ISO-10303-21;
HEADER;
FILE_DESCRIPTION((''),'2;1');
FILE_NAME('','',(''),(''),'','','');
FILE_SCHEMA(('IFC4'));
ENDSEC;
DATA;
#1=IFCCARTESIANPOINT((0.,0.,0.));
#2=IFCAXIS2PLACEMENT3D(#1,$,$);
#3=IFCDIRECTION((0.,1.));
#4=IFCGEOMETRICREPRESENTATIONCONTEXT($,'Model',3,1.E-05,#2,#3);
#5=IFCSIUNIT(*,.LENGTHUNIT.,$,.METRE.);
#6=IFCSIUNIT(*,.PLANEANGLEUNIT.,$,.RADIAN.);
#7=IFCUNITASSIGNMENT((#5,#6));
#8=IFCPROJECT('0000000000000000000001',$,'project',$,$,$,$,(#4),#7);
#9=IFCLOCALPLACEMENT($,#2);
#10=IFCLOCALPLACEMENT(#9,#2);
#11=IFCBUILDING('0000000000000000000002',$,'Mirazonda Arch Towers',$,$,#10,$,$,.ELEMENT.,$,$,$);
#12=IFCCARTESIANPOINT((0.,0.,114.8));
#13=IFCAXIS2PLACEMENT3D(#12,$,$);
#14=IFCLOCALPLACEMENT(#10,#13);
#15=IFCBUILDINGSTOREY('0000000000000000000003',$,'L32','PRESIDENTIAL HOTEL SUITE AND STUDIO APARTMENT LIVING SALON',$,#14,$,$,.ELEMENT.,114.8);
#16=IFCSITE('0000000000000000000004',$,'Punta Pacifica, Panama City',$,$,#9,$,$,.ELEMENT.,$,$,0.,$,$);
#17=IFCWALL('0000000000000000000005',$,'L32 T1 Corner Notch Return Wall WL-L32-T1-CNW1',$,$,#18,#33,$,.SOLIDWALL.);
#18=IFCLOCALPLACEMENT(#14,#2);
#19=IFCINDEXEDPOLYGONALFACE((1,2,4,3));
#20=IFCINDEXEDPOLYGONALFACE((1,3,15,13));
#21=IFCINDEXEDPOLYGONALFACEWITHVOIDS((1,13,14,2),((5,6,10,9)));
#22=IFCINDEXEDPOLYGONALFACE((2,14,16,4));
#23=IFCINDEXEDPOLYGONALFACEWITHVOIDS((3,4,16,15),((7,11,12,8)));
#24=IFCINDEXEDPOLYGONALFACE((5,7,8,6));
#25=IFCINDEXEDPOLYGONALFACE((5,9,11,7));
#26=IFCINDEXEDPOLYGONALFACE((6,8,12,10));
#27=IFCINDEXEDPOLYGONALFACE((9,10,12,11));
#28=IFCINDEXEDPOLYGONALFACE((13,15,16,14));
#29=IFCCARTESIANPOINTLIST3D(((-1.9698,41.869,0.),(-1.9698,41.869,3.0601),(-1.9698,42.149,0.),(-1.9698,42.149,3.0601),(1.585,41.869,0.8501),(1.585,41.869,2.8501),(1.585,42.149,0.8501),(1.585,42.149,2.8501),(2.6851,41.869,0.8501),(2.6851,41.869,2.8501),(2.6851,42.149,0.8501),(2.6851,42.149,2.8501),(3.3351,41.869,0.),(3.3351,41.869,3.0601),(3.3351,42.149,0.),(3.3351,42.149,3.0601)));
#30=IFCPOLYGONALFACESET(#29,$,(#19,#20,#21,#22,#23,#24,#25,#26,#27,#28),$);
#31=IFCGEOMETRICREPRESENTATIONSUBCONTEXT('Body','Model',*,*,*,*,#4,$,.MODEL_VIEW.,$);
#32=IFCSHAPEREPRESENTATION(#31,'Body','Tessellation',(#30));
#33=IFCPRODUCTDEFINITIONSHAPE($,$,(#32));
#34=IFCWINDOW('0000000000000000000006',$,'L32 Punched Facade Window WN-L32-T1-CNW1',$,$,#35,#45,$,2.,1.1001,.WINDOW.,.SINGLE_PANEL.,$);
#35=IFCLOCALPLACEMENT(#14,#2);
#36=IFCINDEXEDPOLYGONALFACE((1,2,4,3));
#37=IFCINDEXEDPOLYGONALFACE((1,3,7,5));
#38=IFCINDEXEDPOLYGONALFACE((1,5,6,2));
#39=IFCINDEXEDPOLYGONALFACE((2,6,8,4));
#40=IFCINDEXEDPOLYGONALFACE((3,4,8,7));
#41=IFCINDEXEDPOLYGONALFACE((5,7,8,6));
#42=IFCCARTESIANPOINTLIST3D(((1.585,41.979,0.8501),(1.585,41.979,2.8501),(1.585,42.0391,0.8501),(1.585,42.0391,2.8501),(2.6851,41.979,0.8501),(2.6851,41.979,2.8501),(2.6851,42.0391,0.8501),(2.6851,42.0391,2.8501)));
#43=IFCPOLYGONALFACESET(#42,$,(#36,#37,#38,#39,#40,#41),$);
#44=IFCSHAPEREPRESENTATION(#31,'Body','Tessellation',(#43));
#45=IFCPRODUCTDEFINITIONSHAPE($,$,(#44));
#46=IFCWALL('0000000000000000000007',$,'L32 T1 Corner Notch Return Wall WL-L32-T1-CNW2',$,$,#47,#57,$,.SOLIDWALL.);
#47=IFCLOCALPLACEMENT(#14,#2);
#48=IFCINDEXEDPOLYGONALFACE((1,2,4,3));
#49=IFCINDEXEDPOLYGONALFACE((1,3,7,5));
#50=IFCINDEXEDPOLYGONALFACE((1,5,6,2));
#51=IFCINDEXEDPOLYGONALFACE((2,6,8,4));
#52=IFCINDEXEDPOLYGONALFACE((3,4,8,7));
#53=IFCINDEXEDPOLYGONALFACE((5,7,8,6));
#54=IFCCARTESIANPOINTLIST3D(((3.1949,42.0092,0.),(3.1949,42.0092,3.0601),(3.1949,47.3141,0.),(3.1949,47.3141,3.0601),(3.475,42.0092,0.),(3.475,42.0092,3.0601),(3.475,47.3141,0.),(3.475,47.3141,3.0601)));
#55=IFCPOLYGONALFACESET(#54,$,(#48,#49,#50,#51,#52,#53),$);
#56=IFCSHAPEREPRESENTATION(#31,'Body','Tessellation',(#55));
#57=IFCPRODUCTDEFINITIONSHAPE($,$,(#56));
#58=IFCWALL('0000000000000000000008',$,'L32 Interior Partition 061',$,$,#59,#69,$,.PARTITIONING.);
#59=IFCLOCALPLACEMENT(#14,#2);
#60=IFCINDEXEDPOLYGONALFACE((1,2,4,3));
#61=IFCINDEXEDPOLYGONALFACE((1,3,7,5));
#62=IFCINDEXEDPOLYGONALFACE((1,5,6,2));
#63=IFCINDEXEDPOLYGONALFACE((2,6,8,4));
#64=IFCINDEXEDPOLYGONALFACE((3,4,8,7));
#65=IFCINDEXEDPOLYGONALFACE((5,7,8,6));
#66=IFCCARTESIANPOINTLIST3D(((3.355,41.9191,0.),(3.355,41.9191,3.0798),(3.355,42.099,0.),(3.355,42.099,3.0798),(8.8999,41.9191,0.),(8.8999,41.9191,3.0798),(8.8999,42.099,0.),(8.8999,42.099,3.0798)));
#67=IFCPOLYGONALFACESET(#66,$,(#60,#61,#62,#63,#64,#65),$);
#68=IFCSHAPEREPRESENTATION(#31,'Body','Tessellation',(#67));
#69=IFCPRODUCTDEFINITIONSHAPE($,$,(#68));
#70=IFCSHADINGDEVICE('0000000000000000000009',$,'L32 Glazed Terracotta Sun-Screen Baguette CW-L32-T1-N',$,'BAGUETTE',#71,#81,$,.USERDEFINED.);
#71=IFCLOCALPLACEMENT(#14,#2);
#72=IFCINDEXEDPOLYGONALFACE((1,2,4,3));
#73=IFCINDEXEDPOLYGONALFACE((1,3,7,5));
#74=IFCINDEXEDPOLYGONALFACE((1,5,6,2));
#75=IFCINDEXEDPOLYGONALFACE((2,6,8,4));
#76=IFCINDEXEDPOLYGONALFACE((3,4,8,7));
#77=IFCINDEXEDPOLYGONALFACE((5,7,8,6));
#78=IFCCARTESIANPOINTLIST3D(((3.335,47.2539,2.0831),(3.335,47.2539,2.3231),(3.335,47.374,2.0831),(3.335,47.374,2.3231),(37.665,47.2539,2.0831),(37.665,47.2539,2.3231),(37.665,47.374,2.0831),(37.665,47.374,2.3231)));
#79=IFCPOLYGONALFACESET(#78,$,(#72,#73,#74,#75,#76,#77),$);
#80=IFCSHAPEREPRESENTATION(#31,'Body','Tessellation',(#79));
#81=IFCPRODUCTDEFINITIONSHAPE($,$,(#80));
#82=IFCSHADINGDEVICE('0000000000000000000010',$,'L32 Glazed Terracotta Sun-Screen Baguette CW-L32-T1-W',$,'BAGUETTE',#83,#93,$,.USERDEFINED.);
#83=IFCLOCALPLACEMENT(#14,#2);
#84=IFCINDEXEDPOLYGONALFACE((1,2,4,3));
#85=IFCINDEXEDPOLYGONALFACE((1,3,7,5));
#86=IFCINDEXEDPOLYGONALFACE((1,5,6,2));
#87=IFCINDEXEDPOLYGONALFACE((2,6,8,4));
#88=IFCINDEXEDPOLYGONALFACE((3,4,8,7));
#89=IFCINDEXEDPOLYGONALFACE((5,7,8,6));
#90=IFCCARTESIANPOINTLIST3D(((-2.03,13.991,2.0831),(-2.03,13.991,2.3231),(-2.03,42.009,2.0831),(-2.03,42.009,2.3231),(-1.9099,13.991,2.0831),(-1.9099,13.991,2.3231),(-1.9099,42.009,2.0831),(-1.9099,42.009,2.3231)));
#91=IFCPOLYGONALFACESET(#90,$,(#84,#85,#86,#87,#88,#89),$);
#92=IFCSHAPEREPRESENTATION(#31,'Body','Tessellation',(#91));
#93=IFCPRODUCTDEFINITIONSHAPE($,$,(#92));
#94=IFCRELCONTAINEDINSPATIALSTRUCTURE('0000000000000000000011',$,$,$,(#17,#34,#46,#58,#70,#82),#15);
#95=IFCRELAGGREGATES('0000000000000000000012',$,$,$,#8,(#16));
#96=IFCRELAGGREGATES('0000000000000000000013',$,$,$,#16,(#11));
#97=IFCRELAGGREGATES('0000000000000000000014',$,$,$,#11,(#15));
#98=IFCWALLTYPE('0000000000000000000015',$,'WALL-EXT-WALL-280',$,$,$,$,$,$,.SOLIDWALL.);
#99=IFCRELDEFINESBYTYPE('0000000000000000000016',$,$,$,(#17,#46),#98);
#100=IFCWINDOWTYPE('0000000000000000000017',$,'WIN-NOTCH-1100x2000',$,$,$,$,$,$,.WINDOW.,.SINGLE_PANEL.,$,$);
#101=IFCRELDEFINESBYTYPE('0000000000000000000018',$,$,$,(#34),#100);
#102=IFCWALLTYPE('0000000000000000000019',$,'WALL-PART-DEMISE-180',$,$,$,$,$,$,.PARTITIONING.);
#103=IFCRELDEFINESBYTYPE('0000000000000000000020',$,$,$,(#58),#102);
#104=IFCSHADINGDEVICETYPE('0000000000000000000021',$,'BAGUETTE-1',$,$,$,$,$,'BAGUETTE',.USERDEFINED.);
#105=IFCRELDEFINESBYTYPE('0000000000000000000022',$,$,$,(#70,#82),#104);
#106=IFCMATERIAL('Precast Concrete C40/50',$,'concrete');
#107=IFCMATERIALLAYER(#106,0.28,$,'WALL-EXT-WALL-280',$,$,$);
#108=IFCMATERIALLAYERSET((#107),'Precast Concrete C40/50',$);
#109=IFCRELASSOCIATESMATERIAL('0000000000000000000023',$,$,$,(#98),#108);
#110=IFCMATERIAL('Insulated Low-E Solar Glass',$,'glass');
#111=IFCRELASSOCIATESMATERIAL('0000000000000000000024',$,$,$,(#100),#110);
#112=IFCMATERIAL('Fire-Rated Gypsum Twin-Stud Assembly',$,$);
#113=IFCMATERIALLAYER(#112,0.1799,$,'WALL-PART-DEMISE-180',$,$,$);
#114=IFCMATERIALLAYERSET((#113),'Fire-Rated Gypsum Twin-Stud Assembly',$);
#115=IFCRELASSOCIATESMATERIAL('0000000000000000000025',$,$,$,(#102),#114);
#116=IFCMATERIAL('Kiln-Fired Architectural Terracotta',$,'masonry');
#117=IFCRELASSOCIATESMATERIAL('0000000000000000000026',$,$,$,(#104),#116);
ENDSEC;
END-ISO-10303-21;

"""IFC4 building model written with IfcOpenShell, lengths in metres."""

from ifc_helpers import new_model, si_unit, direction, frame, frame_2d, origin, origin_2d, place, context, subcontext, project, spatial, rectangle, extrude, material, layer, layer_set, material_profile, profile_set, type_object, element, fill, save


model = new_model("IFC4")

# Units and contexts
model_context = context("Model", 3, precision=1e-05, world=origin(), true_north=direction((0.0, 1.0)))
body_context = subcontext(model_context, "Body", "Model", "MODEL_VIEW")
ifc_project = project(units=[si_unit("LENGTHUNIT", "METRE"), si_unit("PLANEANGLEUNIT", "RADIAN")], contexts=[model_context])

# Site, building, storey
site_placement = place(None, origin())
site = spatial("IfcSite", under=ifc_project, at=site_placement, Name="Punta Pacifica, Panama City", CompositionType="ELEMENT", RefElevation=0.0)
building_placement = place(site_placement, origin())
building = spatial("IfcBuilding", under=site, at=building_placement, Name="Mirazonda Arch Towers", CompositionType="ELEMENT")
storey_placement = place(building_placement, frame((0.0, 0.0, 114.8)))
storey = spatial("IfcBuildingStorey", under=building, at=storey_placement, Name="L32", Description="PRESIDENTIAL HOTEL SUITE AND STUDIO APARTMENT LIVING SALON", CompositionType="ELEMENT", Elevation=114.8)

# Wall, opening, window
ifc_material_1 = material(Name="Precast Concrete C40/50", Category="concrete")
ifc_layer_1 = layer(ifc_material_1, 0.28, Name="WALL-EXT-WALL-280")
ifc_layer_set_1 = layer_set([ifc_layer_1], Name="Precast Concrete C40/50")
wall_type_1 = type_object("IfcWallType", Name="WALL-EXT-WALL-280", PredefinedType="SOLIDWALL", material=ifc_layer_set_1)
wall_1_placement = place(storey_placement, frame((3.335, 42.009, 0.0), z_axis=(0.0, 0.0, 1.0), x_axis=(-1.0, 0.0, 0.0)))
wall_1 = element("IfcWall", 1, at=wall_1_placement, inside=storey, type_object=wall_type_1, Name="L32 T1 Corner Notch Return Wall WL-L32-T1-CNW1", PredefinedType="SOLIDWALL", context=body_context, shape_type="SweptSolid", body=[
    extrude(rectangle(XDim=5.3049, YDim=0.28, at=frame_2d((2.6523, 0.0))), origin(), (0.0, 0.0, 1.0), 3.0601),
])
opening_placement = place(wall_1_placement, frame((0.6499, 0.0, 0.8501)))
opening = element("IfcOpeningElement", 2, at=opening_placement, cuts=wall_1, PredefinedType="OPENING", context=body_context, shape_type="SweptSolid", body=[
    extrude(rectangle(XDim=1.1001, YDim=2.0, at=frame_2d((0.55, 1.0))), frame((0.0, 0.1499, 0.0), z_axis=(0.0, -1.0, 0.0), x_axis=(1.0, 0.0, 0.0)), (0.0, 0.0, 1.0), 0.3),
])
ifc_material_2 = material(Name="Insulated Low-E Solar Glass", Category="glass")
window_type = type_object("IfcWindowType", Name="WIN-NOTCH-1100x2000", PartitioningType="SINGLE_PANEL", PredefinedType="WINDOW", material=ifc_material_2)
window_placement = place(opening_placement, origin())
window = element("IfcWindow", 3, at=window_placement, inside=storey, type_object=window_type, Name="L32 Punched Facade Window WN-L32-T1-CNW1", OverallHeight=2.0, OverallWidth=1.1001, PartitioningType="SINGLE_PANEL", PredefinedType="WINDOW", context=body_context, shape_type="SweptSolid", body=[
    extrude(rectangle(XDim=1.1001, YDim=2.0, at=frame_2d((0.55, 1.0))), frame((0.0, 0.03, 0.0), z_axis=(0.0, -1.0, 0.0), x_axis=(1.0, 0.0, 0.0)), (0.0, 0.0, 1.0), 0.0601),
])
fill(opening, window)

# Walls
wall_2_placement = place(storey_placement, frame((3.335, 47.314, 0.0), z_axis=(0.0, 0.0, 1.0), x_axis=(0.0, -1.0, 0.0)))
element("IfcWall", 4, at=wall_2_placement, inside=storey, type_object=wall_type_1, Name="L32 T1 Corner Notch Return Wall WL-L32-T1-CNW2", PredefinedType="SOLIDWALL", context=body_context, shape_type="SweptSolid", body=[
    extrude(rectangle(XDim=5.3049, YDim=0.28, at=frame_2d((2.6523, 0.0))), origin(), (0.0, 0.0, 1.0), 3.0601),
])
ifc_material_3 = material(Name="Fire-Rated Gypsum Twin-Stud Assembly")
ifc_layer_2 = layer(ifc_material_3, 0.1799, Name="WALL-PART-DEMISE-180")
ifc_layer_set_2 = layer_set([ifc_layer_2], Name="Fire-Rated Gypsum Twin-Stud Assembly")
wall_type_2 = type_object("IfcWallType", Name="WALL-PART-DEMISE-180", PredefinedType="PARTITIONING", material=ifc_layer_set_2)
wall_3_placement = place(storey_placement, frame((3.355, 42.009, 0.0), z_axis=(0.0, 0.0, 1.0), x_axis=(1.0, 0.0, 0.0)))
element("IfcWall", 5, at=wall_3_placement, inside=storey, type_object=wall_type_2, Name="L32 Interior Partition 061", PredefinedType="PARTITIONING", context=body_context, shape_type="SweptSolid", body=[
    extrude(rectangle(XDim=5.5449, YDim=0.1799, at=frame_2d((2.7725, 0.0))), origin(), (0.0, 0.0, 1.0), 3.0798),
])

# Shading devices
ifc_material_4 = material(Name="Kiln-Fired Architectural Terracotta", Category="masonry")
ifc_material_profile_1 = material_profile(ifc_material_4, rectangle(XDim=0.1201, YDim=0.24, at=origin_2d()), Name="TERRA-BAG-120x240")
ifc_profile_set_1 = profile_set([ifc_material_profile_1], Name="Kiln-Fired Architectural Terracotta")
shading_device_type = type_object("IfcShadingDeviceType", Name="BAGUETTE-1", ElementType="BAGUETTE", PredefinedType="USERDEFINED", material=ifc_profile_set_1)
shading_device_1_placement = place(storey_placement, frame((3.335, 47.314, 2.2031), z_axis=(1.0, 0.0, 0.0), x_axis=(0.0, 1.0, 0.0)))
element("IfcShadingDevice", 6, at=shading_device_1_placement, inside=storey, type_object=shading_device_type, Name="L32 Glazed Terracotta Sun-Screen Baguette CW-L32-T1-N", ObjectType="BAGUETTE", PredefinedType="USERDEFINED", context=body_context, shape_type="SweptSolid", body=[
    extrude(rectangle(XDim=0.1201, YDim=0.24, at=origin_2d()), origin(), (0.0, 0.0, 1.0), 34.3301),
])
shading_device_2_placement = place(storey_placement, frame((-1.97, 42.009, 2.2031), z_axis=(0.0, -1.0, 0.0), x_axis=(1.0, 0.0, 0.0)))
element("IfcShadingDevice", 7, at=shading_device_2_placement, inside=storey, type_object=shading_device_type, Name="L32 Glazed Terracotta Sun-Screen Baguette CW-L32-T1-W", ObjectType="BAGUETTE", PredefinedType="USERDEFINED", context=body_context, shape_type="SweptSolid", body=[
    extrude(rectangle(XDim=0.1201, YDim=0.24, at=origin_2d()), origin(), (0.0, 0.0, 1.0), 28.0181),
])

save(model, "model.ifc")
